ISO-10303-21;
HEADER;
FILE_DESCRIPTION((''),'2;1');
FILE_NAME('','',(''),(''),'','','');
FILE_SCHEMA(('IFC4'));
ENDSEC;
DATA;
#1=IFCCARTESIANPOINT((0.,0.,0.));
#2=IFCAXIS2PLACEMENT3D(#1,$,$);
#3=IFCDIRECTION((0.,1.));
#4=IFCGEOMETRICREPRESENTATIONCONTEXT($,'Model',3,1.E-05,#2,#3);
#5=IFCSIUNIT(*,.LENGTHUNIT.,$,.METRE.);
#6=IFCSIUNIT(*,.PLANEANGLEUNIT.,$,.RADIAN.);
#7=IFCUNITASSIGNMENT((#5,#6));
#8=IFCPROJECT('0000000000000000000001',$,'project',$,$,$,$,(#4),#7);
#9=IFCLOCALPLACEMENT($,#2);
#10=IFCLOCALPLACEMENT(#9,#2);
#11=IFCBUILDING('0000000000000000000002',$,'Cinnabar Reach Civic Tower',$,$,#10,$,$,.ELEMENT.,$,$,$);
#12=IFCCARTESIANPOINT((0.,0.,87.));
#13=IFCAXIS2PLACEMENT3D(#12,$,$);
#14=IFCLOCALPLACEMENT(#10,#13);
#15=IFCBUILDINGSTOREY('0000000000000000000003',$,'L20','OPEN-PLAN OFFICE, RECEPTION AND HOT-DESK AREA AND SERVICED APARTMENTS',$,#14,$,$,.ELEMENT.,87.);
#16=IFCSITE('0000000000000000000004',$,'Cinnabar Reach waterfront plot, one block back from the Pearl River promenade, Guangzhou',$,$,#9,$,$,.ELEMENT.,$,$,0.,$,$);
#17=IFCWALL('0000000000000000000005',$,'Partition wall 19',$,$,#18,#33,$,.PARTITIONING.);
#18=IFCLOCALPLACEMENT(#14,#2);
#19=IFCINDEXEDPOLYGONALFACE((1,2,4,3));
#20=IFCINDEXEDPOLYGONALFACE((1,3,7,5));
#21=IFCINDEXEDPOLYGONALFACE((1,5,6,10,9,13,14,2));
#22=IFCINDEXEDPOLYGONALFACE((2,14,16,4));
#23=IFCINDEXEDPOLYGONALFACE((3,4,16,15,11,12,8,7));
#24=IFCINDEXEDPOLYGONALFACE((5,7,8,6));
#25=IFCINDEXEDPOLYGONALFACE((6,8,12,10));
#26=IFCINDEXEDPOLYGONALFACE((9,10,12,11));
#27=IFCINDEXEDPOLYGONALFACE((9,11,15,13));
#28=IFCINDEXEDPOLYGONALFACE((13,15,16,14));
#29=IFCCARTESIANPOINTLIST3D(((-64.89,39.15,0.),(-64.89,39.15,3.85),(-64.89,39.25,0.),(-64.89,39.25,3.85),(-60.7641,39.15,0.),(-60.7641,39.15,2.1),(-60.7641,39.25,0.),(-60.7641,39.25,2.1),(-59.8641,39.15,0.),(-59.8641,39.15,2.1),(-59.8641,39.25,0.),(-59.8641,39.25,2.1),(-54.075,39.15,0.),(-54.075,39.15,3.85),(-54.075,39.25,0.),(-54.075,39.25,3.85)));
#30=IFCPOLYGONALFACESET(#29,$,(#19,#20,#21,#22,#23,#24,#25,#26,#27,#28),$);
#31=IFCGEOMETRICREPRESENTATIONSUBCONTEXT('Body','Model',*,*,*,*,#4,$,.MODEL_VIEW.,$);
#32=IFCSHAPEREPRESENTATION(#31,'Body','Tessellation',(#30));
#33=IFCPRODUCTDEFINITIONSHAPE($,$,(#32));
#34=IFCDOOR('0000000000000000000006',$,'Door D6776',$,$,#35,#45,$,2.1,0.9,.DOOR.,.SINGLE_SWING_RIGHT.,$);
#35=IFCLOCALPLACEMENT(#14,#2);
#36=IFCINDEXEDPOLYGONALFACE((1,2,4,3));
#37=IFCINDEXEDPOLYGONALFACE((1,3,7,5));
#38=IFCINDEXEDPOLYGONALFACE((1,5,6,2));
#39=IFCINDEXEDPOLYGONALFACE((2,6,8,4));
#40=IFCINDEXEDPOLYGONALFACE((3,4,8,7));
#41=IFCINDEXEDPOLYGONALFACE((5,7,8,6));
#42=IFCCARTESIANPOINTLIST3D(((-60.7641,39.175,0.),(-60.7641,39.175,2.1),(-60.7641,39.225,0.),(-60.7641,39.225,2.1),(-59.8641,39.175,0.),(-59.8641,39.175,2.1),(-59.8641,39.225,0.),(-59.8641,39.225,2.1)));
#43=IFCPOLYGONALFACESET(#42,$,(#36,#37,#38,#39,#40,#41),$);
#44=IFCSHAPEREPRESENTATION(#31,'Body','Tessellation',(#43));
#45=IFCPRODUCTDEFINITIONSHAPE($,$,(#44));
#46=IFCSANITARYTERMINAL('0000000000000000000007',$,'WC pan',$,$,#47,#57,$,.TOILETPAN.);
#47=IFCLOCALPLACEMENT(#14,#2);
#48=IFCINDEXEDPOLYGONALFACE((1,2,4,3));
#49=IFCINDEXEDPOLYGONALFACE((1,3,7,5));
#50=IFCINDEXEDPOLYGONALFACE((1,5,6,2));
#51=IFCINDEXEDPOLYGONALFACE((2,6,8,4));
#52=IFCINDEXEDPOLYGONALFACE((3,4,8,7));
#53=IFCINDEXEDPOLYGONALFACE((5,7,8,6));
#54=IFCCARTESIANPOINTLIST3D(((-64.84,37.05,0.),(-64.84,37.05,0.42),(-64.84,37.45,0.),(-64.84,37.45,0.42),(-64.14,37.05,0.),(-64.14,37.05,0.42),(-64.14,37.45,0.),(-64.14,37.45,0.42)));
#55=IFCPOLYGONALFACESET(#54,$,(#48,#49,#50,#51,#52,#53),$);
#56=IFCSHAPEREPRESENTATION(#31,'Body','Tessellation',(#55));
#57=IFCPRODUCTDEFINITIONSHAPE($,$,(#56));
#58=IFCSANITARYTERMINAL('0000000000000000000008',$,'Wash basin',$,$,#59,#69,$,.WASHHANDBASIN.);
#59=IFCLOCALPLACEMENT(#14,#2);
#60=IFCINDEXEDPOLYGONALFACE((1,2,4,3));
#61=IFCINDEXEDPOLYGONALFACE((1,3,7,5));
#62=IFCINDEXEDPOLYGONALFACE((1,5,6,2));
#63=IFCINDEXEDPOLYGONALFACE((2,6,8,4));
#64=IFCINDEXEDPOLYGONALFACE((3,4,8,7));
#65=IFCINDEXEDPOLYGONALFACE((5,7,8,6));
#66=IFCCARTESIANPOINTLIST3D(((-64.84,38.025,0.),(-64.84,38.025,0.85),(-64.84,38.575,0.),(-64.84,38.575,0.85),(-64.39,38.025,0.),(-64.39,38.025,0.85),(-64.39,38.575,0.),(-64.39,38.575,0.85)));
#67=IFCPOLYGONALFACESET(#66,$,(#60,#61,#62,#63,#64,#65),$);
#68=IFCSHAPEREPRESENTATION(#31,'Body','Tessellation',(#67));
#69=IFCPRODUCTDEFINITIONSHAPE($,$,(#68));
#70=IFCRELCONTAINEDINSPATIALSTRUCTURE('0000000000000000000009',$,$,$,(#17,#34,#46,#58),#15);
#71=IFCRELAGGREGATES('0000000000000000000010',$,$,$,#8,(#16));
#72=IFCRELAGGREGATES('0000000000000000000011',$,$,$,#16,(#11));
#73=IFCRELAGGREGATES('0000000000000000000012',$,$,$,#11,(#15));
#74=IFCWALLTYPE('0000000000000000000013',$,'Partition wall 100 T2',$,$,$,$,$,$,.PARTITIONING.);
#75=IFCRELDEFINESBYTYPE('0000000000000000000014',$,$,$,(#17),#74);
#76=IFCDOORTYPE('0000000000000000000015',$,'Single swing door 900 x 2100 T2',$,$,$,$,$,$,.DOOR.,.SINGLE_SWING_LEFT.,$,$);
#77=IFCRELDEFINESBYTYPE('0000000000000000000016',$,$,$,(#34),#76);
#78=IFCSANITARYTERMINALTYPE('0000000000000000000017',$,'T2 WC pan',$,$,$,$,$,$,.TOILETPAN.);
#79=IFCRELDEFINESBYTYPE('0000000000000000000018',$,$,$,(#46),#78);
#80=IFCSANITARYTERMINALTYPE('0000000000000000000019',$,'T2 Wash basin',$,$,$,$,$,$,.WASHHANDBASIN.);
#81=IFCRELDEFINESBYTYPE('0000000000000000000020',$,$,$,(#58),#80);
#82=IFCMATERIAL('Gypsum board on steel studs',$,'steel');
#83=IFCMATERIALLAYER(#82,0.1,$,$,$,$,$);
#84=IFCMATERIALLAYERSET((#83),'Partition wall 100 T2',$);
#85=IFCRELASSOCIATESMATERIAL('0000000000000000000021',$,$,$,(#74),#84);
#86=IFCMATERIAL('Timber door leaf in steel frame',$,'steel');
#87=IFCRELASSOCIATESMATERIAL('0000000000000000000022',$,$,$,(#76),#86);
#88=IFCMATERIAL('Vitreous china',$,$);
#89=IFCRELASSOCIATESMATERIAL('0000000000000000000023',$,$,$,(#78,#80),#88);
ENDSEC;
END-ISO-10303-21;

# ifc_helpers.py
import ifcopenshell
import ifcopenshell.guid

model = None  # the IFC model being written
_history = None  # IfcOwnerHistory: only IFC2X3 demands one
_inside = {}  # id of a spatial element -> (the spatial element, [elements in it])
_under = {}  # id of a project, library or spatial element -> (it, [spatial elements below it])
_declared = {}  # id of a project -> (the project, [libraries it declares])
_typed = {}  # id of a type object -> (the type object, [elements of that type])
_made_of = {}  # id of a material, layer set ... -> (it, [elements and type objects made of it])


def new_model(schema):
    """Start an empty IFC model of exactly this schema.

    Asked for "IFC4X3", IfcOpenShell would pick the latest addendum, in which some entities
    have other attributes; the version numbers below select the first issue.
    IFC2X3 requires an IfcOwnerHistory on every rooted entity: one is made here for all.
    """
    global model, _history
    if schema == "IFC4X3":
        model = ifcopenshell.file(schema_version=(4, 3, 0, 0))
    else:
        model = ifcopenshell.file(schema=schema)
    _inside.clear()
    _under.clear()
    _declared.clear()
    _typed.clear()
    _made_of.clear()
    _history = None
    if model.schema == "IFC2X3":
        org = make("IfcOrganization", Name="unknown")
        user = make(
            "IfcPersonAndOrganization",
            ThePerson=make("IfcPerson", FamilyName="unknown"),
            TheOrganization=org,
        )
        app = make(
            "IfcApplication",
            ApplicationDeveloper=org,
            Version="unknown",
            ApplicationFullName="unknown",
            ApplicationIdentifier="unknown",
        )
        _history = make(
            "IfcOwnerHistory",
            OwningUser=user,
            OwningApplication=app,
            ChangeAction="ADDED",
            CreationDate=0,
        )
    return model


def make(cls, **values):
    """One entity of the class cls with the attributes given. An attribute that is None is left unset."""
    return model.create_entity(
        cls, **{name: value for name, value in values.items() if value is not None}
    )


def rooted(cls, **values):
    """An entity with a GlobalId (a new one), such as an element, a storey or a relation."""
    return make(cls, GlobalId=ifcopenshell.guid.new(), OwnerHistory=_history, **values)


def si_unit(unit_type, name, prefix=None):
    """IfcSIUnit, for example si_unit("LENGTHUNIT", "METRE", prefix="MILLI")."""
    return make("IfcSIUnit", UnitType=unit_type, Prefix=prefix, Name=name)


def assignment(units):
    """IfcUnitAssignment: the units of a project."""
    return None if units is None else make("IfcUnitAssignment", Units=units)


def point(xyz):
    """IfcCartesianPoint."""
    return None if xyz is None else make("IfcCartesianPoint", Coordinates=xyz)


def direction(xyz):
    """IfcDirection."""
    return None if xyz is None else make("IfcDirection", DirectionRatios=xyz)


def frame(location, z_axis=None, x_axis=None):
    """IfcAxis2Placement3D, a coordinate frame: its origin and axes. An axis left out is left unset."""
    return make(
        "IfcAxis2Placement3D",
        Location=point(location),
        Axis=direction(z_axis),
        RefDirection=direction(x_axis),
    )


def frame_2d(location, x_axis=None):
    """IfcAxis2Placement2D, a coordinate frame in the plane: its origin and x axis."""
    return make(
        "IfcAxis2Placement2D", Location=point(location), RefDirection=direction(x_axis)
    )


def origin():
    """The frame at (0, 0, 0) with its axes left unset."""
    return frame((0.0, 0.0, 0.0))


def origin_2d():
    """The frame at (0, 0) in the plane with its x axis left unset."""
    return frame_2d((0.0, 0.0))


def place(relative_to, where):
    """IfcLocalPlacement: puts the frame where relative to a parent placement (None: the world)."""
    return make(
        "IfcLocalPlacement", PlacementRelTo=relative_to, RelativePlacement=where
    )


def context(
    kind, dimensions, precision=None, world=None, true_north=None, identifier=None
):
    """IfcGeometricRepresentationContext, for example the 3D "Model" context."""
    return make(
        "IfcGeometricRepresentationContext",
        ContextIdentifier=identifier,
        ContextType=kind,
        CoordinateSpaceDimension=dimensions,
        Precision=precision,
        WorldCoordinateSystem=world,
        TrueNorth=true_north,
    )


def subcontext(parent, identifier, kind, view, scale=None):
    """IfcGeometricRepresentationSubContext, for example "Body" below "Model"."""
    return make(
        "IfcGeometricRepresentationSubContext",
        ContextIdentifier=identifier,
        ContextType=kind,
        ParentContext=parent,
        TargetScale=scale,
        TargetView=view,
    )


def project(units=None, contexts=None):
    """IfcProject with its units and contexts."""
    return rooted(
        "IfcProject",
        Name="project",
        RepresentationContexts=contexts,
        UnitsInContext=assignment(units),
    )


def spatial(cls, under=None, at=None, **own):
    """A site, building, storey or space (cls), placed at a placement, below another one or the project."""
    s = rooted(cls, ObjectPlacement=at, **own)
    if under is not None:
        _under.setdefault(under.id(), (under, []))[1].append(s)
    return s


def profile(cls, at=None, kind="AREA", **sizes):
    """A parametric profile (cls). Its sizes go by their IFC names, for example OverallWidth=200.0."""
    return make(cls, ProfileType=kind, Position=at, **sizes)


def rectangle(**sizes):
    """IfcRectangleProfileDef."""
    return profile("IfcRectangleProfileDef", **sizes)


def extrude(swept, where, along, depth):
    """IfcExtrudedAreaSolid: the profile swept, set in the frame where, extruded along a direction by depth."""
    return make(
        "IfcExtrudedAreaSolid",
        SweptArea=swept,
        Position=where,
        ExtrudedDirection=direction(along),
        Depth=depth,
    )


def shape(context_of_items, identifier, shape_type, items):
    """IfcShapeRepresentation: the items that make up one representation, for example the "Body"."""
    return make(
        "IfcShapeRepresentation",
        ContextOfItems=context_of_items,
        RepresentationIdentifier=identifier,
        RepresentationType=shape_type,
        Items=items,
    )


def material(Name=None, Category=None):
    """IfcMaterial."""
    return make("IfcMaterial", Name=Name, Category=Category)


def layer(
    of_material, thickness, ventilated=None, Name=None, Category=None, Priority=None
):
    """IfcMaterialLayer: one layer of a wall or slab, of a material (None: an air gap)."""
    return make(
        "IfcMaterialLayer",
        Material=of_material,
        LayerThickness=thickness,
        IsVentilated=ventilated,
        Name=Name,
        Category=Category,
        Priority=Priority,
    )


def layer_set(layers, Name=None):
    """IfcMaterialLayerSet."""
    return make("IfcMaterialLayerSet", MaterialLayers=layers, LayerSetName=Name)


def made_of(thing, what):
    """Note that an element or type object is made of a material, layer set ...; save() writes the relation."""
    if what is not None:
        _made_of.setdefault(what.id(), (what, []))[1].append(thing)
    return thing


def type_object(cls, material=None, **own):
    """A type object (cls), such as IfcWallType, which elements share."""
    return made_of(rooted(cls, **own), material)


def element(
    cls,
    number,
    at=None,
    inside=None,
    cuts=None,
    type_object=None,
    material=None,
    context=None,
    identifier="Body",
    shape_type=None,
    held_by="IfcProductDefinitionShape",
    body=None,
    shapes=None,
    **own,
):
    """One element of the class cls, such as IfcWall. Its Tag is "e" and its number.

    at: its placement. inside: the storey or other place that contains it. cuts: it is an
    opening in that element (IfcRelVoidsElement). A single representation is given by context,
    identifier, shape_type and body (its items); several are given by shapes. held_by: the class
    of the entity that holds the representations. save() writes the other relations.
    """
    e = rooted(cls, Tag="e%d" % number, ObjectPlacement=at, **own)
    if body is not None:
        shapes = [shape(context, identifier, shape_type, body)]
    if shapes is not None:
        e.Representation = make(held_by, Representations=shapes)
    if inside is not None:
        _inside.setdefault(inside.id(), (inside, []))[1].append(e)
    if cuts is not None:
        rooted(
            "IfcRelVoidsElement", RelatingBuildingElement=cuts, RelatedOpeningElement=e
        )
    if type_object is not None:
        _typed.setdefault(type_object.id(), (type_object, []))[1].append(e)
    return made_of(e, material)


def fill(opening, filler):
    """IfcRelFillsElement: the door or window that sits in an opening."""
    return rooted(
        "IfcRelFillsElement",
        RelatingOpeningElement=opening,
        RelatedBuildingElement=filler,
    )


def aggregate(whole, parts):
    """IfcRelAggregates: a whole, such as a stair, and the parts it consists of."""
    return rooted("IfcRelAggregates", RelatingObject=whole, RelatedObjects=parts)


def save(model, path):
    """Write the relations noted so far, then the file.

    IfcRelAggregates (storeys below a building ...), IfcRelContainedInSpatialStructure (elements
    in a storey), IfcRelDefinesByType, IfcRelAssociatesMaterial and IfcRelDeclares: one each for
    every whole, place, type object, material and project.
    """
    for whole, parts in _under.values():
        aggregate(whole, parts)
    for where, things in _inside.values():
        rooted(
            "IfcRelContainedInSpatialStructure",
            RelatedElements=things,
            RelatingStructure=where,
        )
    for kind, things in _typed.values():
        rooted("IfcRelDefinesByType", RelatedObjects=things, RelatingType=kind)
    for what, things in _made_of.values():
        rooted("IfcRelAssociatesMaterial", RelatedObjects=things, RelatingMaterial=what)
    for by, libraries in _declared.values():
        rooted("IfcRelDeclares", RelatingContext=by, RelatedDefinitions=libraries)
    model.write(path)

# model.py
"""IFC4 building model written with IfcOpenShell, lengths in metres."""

from ifc_helpers import new_model, si_unit, direction, frame, frame_2d, origin, origin_2d, place, context, subcontext, project, spatial, rectangle, extrude, material, layer, layer_set, type_object, element, fill, save


model = new_model("IFC4")

# Units and contexts
model_context = context("Model", 3, precision=1e-05, world=origin(), true_north=direction((0.0, 1.0)))
body_context = subcontext(model_context, "Body", "Model", "MODEL_VIEW")
ifc_project = project(units=[si_unit("LENGTHUNIT", "METRE"), si_unit("PLANEANGLEUNIT", "RADIAN")], contexts=[model_context])

# Site, building, storey
site_placement = place(None, origin())
site = spatial("IfcSite", under=ifc_project, at=site_placement, Name="Cinnabar Reach waterfront plot, one block back from the Pearl River promenade, Guangzhou", CompositionType="ELEMENT", RefElevation=0.0)
building_placement = place(site_placement, origin())
building = spatial("IfcBuilding", under=site, at=building_placement, Name="Cinnabar Reach Civic Tower", CompositionType="ELEMENT")
storey_placement = place(building_placement, frame((0.0, 0.0, 87.0)))
storey = spatial("IfcBuildingStorey", under=building, at=storey_placement, Name="L20", Description="OPEN-PLAN OFFICE, RECEPTION AND HOT-DESK AREA AND SERVICED APARTMENTS", CompositionType="ELEMENT", Elevation=87.0)

# Wall, opening, door
ifc_material_1 = material(Name="Gypsum board on steel studs", Category="steel")
ifc_layer_1 = layer(ifc_material_1, 0.1)
ifc_layer_set_1 = layer_set([ifc_layer_1], Name="Partition wall 100 T2")
wall_type_1 = type_object("IfcWallType", Name="Partition wall 100 T2", PredefinedType="PARTITIONING", material=ifc_layer_set_1)
wall_1_placement = place(storey_placement, frame((-64.89, 39.2, 0.0), z_axis=(0.0, 0.0, 1.0), x_axis=(1.0, 0.0, 0.0)))
wall_1 = element("IfcWall", 1, at=wall_1_placement, inside=storey, type_object=wall_type_1, Name="Partition wall 19", PredefinedType="PARTITIONING", context=body_context, shape_type="SweptSolid", body=[
    extrude(rectangle(XDim=10.815, YDim=0.1, at=frame_2d((5.4075, 0.0))), origin(), (0.0, 0.0, 1.0), 3.85),
])
opening_1_placement = place(wall_1_placement, frame((4.1259, 0.0, 0.0)))
opening_1 = element("IfcOpeningElement", 2, at=opening_1_placement, cuts=wall_1, PredefinedType="OPENING", context=body_context, shape_type="SweptSolid", body=[
    extrude(rectangle(XDim=0.9, YDim=2.1, at=frame_2d((0.45, 1.05))), frame((0.0, 0.06, 0.0), z_axis=(0.0, -1.0, 0.0), x_axis=(1.0, 0.0, 0.0)), (0.0, 0.0, 1.0), 0.12),
])
ifc_material_2 = material(Name="Timber door leaf in steel frame", Category="steel")
door_type = type_object("IfcDoorType", Name="Single swing door 900 x 2100 T2", OperationType="SINGLE_SWING_LEFT", PredefinedType="DOOR", material=ifc_material_2)
door_placement = place(opening_1_placement, frame((0.9, 0.0, 0.0), z_axis=(0.0, 0.0, 1.0), x_axis=(-1.0, 0.0, 0.0)))
door = element("IfcDoor", 3, at=door_placement, inside=storey, type_object=door_type, Name="Door D6776", OperationType="SINGLE_SWING_RIGHT", OverallHeight=2.1, OverallWidth=0.9, PredefinedType="DOOR", context=body_context, shape_type="SweptSolid", body=[
    extrude(rectangle(XDim=0.9, YDim=2.1, at=frame_2d((0.45, 1.05))), frame((0.0, 0.025, 0.0), z_axis=(0.0, -1.0, 0.0), x_axis=(1.0, 0.0, 0.0)), (0.0, 0.0, 1.0), 0.05),
])
fill(opening_1, door)

# Sanitary terminals
ifc_material_3 = material(Name="Vitreous china")
sanitary_terminal_type_1 = type_object("IfcSanitaryTerminalType", Name="T2 WC pan", PredefinedType="TOILETPAN", material=ifc_material_3)
sanitary_terminal_1_placement = place(storey_placement, frame((-64.49, 37.25, 0.0), z_axis=(0.0, 0.0, 1.0), x_axis=(1.0, 0.0, 0.0)))
element("IfcSanitaryTerminal", 4, at=sanitary_terminal_1_placement, inside=storey, type_object=sanitary_terminal_type_1, Name="WC pan", PredefinedType="TOILETPAN", context=body_context, shape_type="SweptSolid", body=[
    extrude(rectangle(XDim=0.7, YDim=0.4, at=origin_2d()), origin(), (0.0, 0.0, 1.0), 0.42),
])
sanitary_terminal_type_2 = type_object("IfcSanitaryTerminalType", Name="T2 Wash basin", PredefinedType="WASHHANDBASIN", material=ifc_material_3)
sanitary_terminal_2_placement = place(storey_placement, frame((-64.615, 38.3, 0.0), z_axis=(0.0, 0.0, 1.0), x_axis=(1.0, 0.0, 0.0)))
element("IfcSanitaryTerminal", 5, at=sanitary_terminal_2_placement, inside=storey, type_object=sanitary_terminal_type_2, Name="Wash basin", PredefinedType="WASHHANDBASIN", context=body_context, shape_type="SweptSolid", body=[
    extrude(rectangle(XDim=0.45, YDim=0.55, at=origin_2d()), origin(), (0.0, 0.0, 1.0), 0.85),
])

save(model, "model.ifc")
